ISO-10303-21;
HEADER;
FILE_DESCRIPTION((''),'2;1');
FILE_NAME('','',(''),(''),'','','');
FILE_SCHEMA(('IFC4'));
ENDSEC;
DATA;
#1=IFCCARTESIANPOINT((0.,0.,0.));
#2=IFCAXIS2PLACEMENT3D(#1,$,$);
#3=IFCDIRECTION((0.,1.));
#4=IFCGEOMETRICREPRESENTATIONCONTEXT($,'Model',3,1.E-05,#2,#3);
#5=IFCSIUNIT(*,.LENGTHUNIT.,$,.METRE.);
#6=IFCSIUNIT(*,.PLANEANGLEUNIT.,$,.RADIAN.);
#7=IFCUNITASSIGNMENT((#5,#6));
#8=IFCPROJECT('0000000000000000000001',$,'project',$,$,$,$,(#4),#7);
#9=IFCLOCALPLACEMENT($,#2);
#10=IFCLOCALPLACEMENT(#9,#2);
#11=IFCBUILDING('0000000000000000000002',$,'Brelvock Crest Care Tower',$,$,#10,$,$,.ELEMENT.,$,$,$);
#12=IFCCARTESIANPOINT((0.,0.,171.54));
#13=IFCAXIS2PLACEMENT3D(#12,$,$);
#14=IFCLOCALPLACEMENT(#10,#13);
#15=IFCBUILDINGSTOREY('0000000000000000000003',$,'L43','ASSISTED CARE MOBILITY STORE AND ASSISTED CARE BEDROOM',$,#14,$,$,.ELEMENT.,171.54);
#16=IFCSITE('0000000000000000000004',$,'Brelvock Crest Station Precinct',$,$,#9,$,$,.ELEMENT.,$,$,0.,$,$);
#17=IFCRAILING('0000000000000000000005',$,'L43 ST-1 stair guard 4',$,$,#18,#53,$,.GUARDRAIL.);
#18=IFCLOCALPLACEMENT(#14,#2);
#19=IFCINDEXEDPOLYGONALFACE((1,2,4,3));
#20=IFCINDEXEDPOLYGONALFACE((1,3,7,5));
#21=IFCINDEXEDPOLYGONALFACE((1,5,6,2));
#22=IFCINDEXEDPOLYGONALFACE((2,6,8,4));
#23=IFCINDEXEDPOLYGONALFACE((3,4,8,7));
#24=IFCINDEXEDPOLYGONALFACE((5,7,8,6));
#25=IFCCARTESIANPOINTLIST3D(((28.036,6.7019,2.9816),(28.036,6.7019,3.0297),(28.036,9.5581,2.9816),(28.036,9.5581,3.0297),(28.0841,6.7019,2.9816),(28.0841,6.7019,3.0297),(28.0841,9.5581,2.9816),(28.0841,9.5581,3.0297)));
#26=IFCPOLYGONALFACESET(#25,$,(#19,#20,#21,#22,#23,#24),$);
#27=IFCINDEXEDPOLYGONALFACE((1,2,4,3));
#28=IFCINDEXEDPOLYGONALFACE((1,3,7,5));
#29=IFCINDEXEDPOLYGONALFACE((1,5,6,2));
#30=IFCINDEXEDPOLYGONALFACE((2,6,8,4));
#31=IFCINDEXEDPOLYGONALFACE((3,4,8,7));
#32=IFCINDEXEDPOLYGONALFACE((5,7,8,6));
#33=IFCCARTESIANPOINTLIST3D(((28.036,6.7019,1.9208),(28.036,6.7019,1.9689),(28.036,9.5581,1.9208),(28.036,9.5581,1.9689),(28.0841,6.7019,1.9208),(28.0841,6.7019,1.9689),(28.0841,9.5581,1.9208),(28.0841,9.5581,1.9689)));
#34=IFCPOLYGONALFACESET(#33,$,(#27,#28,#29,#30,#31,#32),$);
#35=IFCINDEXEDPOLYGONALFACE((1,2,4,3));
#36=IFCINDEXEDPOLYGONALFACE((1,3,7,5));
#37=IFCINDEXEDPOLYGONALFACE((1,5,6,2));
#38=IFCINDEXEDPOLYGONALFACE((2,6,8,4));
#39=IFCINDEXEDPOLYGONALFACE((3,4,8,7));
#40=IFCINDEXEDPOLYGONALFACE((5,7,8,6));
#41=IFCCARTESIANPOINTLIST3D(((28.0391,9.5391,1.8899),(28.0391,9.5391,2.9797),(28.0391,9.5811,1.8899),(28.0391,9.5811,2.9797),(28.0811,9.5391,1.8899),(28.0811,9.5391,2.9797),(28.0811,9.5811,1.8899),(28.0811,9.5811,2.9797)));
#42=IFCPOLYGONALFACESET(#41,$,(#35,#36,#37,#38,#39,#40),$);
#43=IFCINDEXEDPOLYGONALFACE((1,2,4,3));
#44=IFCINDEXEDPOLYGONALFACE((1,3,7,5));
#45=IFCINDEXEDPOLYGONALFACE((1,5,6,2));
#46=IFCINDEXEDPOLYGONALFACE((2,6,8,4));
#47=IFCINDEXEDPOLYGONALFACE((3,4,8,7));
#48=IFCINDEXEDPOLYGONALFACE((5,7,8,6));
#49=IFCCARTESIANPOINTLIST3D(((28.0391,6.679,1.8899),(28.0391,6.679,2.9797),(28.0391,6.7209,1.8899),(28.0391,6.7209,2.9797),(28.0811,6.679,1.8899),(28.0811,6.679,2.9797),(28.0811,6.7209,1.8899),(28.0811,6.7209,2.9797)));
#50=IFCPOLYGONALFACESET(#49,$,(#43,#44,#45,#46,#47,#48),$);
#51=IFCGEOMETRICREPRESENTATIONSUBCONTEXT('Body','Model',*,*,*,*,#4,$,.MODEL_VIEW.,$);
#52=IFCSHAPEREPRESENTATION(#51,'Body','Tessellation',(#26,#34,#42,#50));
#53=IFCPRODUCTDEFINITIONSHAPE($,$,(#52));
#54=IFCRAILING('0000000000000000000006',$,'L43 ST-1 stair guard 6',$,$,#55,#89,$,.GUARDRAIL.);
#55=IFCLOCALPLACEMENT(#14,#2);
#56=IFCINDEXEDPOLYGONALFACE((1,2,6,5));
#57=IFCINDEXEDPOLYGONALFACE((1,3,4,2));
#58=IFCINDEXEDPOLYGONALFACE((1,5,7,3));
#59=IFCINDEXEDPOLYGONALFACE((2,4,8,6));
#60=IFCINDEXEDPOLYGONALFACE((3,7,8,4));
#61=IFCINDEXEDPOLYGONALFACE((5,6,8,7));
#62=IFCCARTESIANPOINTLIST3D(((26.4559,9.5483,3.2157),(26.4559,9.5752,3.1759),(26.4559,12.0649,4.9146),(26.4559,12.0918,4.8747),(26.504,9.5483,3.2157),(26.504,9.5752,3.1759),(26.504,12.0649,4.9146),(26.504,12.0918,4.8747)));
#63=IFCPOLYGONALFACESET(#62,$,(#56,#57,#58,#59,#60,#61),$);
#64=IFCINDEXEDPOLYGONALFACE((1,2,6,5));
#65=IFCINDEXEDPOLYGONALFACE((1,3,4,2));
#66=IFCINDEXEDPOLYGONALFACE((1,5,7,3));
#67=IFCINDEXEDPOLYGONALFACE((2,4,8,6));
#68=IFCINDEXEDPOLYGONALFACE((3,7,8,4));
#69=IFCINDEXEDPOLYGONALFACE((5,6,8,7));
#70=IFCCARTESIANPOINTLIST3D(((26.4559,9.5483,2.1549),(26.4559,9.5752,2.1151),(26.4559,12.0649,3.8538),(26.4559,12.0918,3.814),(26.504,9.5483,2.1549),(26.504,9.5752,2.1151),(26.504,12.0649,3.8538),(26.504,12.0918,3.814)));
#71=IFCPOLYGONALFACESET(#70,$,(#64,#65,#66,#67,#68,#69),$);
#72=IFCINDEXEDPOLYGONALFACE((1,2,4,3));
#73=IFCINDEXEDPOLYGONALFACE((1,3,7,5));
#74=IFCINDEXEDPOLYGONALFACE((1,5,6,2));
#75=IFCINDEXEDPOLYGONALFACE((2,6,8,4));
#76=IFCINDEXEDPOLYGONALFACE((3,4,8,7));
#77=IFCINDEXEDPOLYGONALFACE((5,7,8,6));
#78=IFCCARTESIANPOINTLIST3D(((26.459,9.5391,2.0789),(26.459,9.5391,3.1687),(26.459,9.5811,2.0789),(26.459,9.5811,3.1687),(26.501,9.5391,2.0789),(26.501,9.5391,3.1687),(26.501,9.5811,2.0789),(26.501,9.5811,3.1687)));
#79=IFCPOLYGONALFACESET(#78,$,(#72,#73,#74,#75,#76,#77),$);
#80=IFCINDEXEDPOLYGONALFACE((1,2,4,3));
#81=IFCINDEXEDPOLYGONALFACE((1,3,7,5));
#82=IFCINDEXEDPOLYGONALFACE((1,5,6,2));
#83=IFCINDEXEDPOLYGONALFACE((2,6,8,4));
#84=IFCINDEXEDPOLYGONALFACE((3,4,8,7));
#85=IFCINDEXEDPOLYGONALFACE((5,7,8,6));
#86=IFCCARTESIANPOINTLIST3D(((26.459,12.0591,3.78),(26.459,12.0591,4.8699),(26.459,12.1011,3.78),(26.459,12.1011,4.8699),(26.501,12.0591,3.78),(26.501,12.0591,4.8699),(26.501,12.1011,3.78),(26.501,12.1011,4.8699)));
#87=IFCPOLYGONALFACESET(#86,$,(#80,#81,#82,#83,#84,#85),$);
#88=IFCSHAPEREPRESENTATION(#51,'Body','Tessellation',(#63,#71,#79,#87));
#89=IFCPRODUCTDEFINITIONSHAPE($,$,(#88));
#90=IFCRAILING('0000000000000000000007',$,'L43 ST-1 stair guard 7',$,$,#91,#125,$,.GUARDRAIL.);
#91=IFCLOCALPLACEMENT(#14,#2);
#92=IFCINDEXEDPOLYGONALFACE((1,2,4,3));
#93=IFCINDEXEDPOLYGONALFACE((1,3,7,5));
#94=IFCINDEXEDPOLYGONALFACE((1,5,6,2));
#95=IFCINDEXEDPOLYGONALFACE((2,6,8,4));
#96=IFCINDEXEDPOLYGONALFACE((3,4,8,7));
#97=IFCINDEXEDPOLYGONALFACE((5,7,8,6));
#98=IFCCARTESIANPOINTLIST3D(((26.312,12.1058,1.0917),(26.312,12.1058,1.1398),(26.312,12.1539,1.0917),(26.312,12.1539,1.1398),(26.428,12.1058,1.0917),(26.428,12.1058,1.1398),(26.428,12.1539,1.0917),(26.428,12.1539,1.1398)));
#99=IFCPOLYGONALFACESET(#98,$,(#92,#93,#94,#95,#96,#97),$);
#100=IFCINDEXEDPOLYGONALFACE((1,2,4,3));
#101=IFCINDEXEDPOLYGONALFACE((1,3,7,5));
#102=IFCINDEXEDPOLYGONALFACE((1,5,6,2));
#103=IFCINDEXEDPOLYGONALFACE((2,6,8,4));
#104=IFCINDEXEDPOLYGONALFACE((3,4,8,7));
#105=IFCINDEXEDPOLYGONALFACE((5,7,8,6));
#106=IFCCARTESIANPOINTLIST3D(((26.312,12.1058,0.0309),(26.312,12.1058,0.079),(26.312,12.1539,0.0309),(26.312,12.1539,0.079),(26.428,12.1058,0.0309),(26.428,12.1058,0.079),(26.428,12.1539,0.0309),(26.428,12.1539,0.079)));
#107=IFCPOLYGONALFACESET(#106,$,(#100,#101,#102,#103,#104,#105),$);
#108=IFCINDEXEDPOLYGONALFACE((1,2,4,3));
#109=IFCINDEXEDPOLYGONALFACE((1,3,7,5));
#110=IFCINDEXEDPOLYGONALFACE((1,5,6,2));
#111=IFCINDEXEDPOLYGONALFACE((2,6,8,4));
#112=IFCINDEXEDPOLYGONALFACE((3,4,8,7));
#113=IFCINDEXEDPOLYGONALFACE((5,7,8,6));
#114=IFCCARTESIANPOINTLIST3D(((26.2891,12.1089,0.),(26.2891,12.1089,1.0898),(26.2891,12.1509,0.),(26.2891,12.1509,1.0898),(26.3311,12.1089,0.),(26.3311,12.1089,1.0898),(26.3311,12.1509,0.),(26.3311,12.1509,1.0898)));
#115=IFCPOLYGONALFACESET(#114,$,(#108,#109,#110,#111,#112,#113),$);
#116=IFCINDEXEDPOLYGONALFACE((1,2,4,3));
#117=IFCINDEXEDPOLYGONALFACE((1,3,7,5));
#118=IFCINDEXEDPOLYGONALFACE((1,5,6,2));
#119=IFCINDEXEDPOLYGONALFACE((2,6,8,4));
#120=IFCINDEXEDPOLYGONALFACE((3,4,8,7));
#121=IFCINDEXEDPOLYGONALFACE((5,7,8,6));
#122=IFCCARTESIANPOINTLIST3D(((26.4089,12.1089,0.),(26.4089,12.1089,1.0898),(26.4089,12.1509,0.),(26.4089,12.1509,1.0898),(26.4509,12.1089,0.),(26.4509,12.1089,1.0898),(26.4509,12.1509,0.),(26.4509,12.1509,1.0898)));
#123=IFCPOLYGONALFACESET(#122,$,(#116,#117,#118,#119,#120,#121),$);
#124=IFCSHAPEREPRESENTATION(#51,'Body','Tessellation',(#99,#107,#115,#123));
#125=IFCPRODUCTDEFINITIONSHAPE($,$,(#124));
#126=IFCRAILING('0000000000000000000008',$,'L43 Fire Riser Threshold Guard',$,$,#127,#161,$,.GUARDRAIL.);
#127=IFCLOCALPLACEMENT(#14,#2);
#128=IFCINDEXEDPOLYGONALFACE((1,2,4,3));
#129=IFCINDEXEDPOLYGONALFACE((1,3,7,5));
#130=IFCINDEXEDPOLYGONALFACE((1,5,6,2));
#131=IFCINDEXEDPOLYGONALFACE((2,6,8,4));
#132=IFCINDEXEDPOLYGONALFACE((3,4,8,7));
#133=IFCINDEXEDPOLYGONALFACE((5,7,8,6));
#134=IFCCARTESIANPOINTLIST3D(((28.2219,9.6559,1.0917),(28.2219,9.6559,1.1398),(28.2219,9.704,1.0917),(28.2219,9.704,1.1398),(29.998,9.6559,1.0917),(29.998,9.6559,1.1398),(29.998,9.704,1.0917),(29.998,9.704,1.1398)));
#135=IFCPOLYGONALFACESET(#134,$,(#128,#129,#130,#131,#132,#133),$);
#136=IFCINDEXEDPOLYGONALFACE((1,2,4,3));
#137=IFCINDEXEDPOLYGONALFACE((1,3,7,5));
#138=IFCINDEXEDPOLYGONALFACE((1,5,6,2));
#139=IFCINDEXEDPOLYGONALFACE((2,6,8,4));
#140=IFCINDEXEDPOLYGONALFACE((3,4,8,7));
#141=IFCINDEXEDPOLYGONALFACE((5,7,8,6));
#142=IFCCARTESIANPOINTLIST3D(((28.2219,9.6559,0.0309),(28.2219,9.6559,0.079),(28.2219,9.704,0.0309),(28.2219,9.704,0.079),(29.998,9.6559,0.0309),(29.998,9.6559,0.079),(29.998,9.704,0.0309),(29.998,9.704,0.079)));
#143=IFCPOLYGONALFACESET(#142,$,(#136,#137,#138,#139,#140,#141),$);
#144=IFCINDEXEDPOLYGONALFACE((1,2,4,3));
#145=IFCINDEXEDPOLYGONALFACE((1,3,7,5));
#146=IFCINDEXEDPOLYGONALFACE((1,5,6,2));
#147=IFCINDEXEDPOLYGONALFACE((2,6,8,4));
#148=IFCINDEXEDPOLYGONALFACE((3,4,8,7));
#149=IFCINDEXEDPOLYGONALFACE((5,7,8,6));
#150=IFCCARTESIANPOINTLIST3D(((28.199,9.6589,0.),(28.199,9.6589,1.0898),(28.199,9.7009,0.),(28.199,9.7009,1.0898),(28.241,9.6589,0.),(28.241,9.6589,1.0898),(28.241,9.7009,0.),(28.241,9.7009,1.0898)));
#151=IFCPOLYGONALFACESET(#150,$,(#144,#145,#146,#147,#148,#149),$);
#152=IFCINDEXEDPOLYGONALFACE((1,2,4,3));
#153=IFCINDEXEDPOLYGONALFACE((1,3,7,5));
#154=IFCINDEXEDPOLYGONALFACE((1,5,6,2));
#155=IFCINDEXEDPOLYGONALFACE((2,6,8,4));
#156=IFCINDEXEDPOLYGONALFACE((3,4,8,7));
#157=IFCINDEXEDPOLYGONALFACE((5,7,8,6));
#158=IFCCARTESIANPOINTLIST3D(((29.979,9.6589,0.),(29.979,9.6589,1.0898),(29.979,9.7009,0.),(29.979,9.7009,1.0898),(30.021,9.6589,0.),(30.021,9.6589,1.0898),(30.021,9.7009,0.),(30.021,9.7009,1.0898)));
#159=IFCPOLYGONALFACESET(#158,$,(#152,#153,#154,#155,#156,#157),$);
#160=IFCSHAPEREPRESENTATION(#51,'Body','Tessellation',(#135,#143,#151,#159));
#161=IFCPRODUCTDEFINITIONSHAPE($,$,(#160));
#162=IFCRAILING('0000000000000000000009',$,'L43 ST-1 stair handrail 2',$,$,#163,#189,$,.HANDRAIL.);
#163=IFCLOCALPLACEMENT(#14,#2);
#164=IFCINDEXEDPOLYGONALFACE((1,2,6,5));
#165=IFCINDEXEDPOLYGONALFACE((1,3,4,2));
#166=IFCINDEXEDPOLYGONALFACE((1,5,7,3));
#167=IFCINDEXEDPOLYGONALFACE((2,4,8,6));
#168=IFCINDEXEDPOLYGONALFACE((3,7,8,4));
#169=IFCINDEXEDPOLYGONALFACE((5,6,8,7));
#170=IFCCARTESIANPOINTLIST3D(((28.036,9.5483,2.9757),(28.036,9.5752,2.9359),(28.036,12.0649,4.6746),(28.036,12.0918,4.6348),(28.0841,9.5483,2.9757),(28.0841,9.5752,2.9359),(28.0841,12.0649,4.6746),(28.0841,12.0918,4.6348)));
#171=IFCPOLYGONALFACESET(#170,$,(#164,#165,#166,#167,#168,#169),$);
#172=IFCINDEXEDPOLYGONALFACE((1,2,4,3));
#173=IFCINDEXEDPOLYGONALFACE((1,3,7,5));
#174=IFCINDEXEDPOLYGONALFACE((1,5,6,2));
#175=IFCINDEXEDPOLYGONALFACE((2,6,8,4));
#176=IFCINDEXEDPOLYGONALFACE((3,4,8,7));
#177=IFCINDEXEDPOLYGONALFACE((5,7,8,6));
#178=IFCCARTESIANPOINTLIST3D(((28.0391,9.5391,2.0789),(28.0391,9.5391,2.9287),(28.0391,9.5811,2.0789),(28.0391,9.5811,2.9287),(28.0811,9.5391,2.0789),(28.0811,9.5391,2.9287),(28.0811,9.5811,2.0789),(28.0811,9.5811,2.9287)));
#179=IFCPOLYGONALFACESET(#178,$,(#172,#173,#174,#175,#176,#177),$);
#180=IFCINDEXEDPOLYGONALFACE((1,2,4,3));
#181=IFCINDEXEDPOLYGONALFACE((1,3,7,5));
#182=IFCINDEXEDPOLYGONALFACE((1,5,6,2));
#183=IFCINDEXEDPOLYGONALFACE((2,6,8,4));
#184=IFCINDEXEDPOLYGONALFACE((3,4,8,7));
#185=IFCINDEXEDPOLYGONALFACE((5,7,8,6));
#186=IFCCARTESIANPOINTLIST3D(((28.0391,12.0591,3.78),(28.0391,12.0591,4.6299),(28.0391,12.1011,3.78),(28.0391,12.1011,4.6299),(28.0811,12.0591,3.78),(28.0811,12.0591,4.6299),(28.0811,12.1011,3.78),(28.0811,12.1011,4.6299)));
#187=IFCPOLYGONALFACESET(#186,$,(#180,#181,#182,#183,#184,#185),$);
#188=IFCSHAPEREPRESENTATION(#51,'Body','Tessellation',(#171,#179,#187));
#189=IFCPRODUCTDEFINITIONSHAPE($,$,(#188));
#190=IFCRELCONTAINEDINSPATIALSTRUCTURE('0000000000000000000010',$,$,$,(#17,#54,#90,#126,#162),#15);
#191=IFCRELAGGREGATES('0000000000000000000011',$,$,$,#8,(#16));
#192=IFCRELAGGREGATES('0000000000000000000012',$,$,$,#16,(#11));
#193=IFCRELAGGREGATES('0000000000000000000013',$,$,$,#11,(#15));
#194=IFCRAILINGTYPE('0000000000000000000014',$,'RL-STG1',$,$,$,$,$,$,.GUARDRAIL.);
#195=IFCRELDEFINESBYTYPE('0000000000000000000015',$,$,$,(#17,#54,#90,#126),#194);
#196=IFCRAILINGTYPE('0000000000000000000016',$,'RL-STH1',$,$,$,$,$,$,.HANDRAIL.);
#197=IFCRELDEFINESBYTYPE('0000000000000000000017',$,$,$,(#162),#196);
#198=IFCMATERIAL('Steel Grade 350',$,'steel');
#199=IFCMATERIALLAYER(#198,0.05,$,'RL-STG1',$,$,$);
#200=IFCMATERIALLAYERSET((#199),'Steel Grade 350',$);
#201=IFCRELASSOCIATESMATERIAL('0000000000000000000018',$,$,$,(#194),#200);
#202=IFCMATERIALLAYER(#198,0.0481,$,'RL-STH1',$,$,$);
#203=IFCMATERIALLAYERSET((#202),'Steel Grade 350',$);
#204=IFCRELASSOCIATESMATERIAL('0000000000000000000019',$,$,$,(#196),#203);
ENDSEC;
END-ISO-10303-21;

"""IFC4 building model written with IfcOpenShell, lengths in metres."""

from ifc_helpers import new_model, si_unit, direction, frame, origin, origin_2d, place, context, subcontext, project, spatial, rectangle, extrude, material, layer, layer_set, type_object, element, save


model = new_model("IFC4")

# Units and contexts
model_context = context("Model", 3, precision=1e-05, world=origin(), true_north=direction((0.0, 1.0)))
body_context = subcontext(model_context, "Body", "Model", "MODEL_VIEW")
ifc_project = project(units=[si_unit("LENGTHUNIT", "METRE"), si_unit("PLANEANGLEUNIT", "RADIAN")], contexts=[model_context])

# Site, building, storey
site_placement = place(None, origin())
site = spatial("IfcSite", under=ifc_project, at=site_placement, Name="Brelvock Crest Station Precinct", CompositionType="ELEMENT", RefElevation=0.0)
building_placement = place(site_placement, origin())
building = spatial("IfcBuilding", under=site, at=building_placement, Name="Brelvock Crest Care Tower", CompositionType="ELEMENT")
storey_placement = place(building_placement, frame((0.0, 0.0, 171.54)))
storey = spatial("IfcBuildingStorey", under=building, at=storey_placement, Name="L43", Description="ASSISTED CARE MOBILITY STORE AND ASSISTED CARE BEDROOM", CompositionType="ELEMENT", Elevation=171.54)

# Shared definitions
ifc_material_1 = material(Name="Steel Grade 350", Category="steel")

# Railings
ifc_layer_1 = layer(ifc_material_1, 0.05, Name="RL-STG1")
ifc_layer_set_1 = layer_set([ifc_layer_1], Name="Steel Grade 350")
railing_type_1 = type_object("IfcRailingType", Name="RL-STG1", PredefinedType="GUARDRAIL", material=ifc_layer_set_1)
railing_1_placement = place(storey_placement, frame((28.0601, 9.5601, 1.8899)))
element("IfcRailing", 1, at=railing_1_placement, inside=storey, type_object=railing_type_1, Name="L43 ST-1 stair guard 4", PredefinedType="GUARDRAIL", context=body_context, shape_type="SweptSolid", body=[
    extrude(rectangle(XDim=0.0481, YDim=0.0481, at=origin_2d()), frame((0.0, -0.002, 1.1157), z_axis=(0.0, -1.0, 0.0), x_axis=(1.0, 0.0, 0.0)), (0.0, 0.0, 1.0), 2.8562),
    extrude(rectangle(XDim=0.0481, YDim=0.0481, at=origin_2d()), frame((0.0, -0.002, 0.0549), z_axis=(0.0, -1.0, 0.0), x_axis=(1.0, 0.0, 0.0)), (0.0, 0.0, 1.0), 2.8562),
    extrude(rectangle(XDim=0.042, YDim=0.042, at=origin_2d()), origin(), (0.0, 0.0, 1.0), 1.0898),
    extrude(rectangle(XDim=0.042, YDim=0.042, at=origin_2d()), frame((0.0, -2.8601, 0.0)), (0.0, 0.0, 1.0), 1.0898),
])
railing_2_placement = place(storey_placement, frame((26.48, 9.5601, 2.0789)))
element("IfcRailing", 2, at=railing_2_placement, inside=storey, type_object=railing_type_1, Name="L43 ST-1 stair guard 6", PredefinedType="GUARDRAIL", context=body_context, shape_type="SweptSolid", body=[
    extrude(rectangle(XDim=0.0481, YDim=0.0481, at=origin_2d()), frame((0.0, 0.0017, 1.1169), z_axis=(0.0, 0.828824, 0.559509), x_axis=(-1.0, 0.0, 0.0)), (0.0, 0.0, 1.0), 3.0364),
    extrude(rectangle(XDim=0.0481, YDim=0.0481, at=origin_2d()), frame((0.0, 0.0017, 0.0562), z_axis=(0.0, 0.828824, 0.559509), x_axis=(-1.0, 0.0, 0.0)), (0.0, 0.0, 1.0), 3.0364),
    extrude(rectangle(XDim=0.042, YDim=0.042, at=origin_2d()), origin(), (0.0, 0.0, 1.0), 1.0898),
    extrude(rectangle(XDim=0.042, YDim=0.042, at=origin_2d()), frame((0.0, 2.52, 1.7012)), (0.0, 0.0, 1.0), 1.0898),
])
railing_3_placement = place(storey_placement, frame((26.3101, 12.1299, 0.0)))
element("IfcRailing", 3, at=railing_3_placement, inside=storey, type_object=railing_type_1, Name="L43 ST-1 stair guard 7", PredefinedType="GUARDRAIL", context=body_context, shape_type="SweptSolid", body=[
    extrude(rectangle(XDim=0.0481, YDim=0.0481, at=origin_2d()), frame((0.002, 0.0, 1.1157), z_axis=(1.0, 0.0, 0.0), x_axis=(0.0, 1.0, 0.0)), (0.0, 0.0, 1.0), 0.116),
    extrude(rectangle(XDim=0.0481, YDim=0.0481, at=origin_2d()), frame((0.002, 0.0, 0.0549), z_axis=(1.0, 0.0, 0.0), x_axis=(0.0, 1.0, 0.0)), (0.0, 0.0, 1.0), 0.116),
    extrude(rectangle(XDim=0.042, YDim=0.042, at=origin_2d()), origin(), (0.0, 0.0, 1.0), 1.0898),
    extrude(rectangle(XDim=0.042, YDim=0.042, at=origin_2d()), frame((0.1199, 0.0, 0.0)), (0.0, 0.0, 1.0), 1.0898),
])
railing_4_placement = place(storey_placement, frame((28.22, 9.6799, 0.0)))
element("IfcRailing", 4, at=railing_4_placement, inside=storey, type_object=railing_type_1, Name="L43 Fire Riser Threshold Guard", PredefinedType="GUARDRAIL", context=body_context, shape_type="SweptSolid", body=[
    extrude(rectangle(XDim=0.0481, YDim=0.0481, at=origin_2d()), frame((0.002, 0.0, 1.1157), z_axis=(1.0, 0.0, 0.0), x_axis=(0.0, 1.0, 0.0)), (0.0, 0.0, 1.0), 1.7761),
    extrude(rectangle(XDim=0.0481, YDim=0.0481, at=origin_2d()), frame((0.002, 0.0, 0.0549), z_axis=(1.0, 0.0, 0.0), x_axis=(0.0, 1.0, 0.0)), (0.0, 0.0, 1.0), 1.7761),
    extrude(rectangle(XDim=0.042, YDim=0.042, at=origin_2d()), origin(), (0.0, 0.0, 1.0), 1.0898),
    extrude(rectangle(XDim=0.042, YDim=0.042, at=origin_2d()), frame((1.78, 0.0, 0.0)), (0.0, 0.0, 1.0), 1.0898),
])
ifc_layer_2 = layer(ifc_material_1, 0.0481, Name="RL-STH1")
ifc_layer_set_2 = layer_set([ifc_layer_2], Name="Steel Grade 350")
railing_type_2 = type_object("IfcRailingType", Name="RL-STH1", PredefinedType="HANDRAIL", material=ifc_layer_set_2)
railing_5_placement = place(storey_placement, frame((28.0601, 9.5601, 2.0789)))
element("IfcRailing", 5, at=railing_5_placement, inside=storey, type_object=railing_type_2, Name="L43 ST-1 stair handrail 2", PredefinedType="HANDRAIL", context=body_context, shape_type="SweptSolid", body=[
    extrude(rectangle(XDim=0.0481, YDim=0.0481, at=origin_2d()), frame((0.0, 0.0017, 0.877), z_axis=(0.0, 0.828824, 0.559509), x_axis=(-1.0, 0.0, 0.0)), (0.0, 0.0, 1.0), 3.0364),
    extrude(rectangle(XDim=0.042, YDim=0.042, at=origin_2d()), origin(), (0.0, 0.0, 1.0), 0.8499),
    extrude(rectangle(XDim=0.042, YDim=0.042, at=origin_2d()), frame((0.0, 2.52, 1.7012)), (0.0, 0.0, 1.0), 0.8499),
])

save(model, "model.ifc")
